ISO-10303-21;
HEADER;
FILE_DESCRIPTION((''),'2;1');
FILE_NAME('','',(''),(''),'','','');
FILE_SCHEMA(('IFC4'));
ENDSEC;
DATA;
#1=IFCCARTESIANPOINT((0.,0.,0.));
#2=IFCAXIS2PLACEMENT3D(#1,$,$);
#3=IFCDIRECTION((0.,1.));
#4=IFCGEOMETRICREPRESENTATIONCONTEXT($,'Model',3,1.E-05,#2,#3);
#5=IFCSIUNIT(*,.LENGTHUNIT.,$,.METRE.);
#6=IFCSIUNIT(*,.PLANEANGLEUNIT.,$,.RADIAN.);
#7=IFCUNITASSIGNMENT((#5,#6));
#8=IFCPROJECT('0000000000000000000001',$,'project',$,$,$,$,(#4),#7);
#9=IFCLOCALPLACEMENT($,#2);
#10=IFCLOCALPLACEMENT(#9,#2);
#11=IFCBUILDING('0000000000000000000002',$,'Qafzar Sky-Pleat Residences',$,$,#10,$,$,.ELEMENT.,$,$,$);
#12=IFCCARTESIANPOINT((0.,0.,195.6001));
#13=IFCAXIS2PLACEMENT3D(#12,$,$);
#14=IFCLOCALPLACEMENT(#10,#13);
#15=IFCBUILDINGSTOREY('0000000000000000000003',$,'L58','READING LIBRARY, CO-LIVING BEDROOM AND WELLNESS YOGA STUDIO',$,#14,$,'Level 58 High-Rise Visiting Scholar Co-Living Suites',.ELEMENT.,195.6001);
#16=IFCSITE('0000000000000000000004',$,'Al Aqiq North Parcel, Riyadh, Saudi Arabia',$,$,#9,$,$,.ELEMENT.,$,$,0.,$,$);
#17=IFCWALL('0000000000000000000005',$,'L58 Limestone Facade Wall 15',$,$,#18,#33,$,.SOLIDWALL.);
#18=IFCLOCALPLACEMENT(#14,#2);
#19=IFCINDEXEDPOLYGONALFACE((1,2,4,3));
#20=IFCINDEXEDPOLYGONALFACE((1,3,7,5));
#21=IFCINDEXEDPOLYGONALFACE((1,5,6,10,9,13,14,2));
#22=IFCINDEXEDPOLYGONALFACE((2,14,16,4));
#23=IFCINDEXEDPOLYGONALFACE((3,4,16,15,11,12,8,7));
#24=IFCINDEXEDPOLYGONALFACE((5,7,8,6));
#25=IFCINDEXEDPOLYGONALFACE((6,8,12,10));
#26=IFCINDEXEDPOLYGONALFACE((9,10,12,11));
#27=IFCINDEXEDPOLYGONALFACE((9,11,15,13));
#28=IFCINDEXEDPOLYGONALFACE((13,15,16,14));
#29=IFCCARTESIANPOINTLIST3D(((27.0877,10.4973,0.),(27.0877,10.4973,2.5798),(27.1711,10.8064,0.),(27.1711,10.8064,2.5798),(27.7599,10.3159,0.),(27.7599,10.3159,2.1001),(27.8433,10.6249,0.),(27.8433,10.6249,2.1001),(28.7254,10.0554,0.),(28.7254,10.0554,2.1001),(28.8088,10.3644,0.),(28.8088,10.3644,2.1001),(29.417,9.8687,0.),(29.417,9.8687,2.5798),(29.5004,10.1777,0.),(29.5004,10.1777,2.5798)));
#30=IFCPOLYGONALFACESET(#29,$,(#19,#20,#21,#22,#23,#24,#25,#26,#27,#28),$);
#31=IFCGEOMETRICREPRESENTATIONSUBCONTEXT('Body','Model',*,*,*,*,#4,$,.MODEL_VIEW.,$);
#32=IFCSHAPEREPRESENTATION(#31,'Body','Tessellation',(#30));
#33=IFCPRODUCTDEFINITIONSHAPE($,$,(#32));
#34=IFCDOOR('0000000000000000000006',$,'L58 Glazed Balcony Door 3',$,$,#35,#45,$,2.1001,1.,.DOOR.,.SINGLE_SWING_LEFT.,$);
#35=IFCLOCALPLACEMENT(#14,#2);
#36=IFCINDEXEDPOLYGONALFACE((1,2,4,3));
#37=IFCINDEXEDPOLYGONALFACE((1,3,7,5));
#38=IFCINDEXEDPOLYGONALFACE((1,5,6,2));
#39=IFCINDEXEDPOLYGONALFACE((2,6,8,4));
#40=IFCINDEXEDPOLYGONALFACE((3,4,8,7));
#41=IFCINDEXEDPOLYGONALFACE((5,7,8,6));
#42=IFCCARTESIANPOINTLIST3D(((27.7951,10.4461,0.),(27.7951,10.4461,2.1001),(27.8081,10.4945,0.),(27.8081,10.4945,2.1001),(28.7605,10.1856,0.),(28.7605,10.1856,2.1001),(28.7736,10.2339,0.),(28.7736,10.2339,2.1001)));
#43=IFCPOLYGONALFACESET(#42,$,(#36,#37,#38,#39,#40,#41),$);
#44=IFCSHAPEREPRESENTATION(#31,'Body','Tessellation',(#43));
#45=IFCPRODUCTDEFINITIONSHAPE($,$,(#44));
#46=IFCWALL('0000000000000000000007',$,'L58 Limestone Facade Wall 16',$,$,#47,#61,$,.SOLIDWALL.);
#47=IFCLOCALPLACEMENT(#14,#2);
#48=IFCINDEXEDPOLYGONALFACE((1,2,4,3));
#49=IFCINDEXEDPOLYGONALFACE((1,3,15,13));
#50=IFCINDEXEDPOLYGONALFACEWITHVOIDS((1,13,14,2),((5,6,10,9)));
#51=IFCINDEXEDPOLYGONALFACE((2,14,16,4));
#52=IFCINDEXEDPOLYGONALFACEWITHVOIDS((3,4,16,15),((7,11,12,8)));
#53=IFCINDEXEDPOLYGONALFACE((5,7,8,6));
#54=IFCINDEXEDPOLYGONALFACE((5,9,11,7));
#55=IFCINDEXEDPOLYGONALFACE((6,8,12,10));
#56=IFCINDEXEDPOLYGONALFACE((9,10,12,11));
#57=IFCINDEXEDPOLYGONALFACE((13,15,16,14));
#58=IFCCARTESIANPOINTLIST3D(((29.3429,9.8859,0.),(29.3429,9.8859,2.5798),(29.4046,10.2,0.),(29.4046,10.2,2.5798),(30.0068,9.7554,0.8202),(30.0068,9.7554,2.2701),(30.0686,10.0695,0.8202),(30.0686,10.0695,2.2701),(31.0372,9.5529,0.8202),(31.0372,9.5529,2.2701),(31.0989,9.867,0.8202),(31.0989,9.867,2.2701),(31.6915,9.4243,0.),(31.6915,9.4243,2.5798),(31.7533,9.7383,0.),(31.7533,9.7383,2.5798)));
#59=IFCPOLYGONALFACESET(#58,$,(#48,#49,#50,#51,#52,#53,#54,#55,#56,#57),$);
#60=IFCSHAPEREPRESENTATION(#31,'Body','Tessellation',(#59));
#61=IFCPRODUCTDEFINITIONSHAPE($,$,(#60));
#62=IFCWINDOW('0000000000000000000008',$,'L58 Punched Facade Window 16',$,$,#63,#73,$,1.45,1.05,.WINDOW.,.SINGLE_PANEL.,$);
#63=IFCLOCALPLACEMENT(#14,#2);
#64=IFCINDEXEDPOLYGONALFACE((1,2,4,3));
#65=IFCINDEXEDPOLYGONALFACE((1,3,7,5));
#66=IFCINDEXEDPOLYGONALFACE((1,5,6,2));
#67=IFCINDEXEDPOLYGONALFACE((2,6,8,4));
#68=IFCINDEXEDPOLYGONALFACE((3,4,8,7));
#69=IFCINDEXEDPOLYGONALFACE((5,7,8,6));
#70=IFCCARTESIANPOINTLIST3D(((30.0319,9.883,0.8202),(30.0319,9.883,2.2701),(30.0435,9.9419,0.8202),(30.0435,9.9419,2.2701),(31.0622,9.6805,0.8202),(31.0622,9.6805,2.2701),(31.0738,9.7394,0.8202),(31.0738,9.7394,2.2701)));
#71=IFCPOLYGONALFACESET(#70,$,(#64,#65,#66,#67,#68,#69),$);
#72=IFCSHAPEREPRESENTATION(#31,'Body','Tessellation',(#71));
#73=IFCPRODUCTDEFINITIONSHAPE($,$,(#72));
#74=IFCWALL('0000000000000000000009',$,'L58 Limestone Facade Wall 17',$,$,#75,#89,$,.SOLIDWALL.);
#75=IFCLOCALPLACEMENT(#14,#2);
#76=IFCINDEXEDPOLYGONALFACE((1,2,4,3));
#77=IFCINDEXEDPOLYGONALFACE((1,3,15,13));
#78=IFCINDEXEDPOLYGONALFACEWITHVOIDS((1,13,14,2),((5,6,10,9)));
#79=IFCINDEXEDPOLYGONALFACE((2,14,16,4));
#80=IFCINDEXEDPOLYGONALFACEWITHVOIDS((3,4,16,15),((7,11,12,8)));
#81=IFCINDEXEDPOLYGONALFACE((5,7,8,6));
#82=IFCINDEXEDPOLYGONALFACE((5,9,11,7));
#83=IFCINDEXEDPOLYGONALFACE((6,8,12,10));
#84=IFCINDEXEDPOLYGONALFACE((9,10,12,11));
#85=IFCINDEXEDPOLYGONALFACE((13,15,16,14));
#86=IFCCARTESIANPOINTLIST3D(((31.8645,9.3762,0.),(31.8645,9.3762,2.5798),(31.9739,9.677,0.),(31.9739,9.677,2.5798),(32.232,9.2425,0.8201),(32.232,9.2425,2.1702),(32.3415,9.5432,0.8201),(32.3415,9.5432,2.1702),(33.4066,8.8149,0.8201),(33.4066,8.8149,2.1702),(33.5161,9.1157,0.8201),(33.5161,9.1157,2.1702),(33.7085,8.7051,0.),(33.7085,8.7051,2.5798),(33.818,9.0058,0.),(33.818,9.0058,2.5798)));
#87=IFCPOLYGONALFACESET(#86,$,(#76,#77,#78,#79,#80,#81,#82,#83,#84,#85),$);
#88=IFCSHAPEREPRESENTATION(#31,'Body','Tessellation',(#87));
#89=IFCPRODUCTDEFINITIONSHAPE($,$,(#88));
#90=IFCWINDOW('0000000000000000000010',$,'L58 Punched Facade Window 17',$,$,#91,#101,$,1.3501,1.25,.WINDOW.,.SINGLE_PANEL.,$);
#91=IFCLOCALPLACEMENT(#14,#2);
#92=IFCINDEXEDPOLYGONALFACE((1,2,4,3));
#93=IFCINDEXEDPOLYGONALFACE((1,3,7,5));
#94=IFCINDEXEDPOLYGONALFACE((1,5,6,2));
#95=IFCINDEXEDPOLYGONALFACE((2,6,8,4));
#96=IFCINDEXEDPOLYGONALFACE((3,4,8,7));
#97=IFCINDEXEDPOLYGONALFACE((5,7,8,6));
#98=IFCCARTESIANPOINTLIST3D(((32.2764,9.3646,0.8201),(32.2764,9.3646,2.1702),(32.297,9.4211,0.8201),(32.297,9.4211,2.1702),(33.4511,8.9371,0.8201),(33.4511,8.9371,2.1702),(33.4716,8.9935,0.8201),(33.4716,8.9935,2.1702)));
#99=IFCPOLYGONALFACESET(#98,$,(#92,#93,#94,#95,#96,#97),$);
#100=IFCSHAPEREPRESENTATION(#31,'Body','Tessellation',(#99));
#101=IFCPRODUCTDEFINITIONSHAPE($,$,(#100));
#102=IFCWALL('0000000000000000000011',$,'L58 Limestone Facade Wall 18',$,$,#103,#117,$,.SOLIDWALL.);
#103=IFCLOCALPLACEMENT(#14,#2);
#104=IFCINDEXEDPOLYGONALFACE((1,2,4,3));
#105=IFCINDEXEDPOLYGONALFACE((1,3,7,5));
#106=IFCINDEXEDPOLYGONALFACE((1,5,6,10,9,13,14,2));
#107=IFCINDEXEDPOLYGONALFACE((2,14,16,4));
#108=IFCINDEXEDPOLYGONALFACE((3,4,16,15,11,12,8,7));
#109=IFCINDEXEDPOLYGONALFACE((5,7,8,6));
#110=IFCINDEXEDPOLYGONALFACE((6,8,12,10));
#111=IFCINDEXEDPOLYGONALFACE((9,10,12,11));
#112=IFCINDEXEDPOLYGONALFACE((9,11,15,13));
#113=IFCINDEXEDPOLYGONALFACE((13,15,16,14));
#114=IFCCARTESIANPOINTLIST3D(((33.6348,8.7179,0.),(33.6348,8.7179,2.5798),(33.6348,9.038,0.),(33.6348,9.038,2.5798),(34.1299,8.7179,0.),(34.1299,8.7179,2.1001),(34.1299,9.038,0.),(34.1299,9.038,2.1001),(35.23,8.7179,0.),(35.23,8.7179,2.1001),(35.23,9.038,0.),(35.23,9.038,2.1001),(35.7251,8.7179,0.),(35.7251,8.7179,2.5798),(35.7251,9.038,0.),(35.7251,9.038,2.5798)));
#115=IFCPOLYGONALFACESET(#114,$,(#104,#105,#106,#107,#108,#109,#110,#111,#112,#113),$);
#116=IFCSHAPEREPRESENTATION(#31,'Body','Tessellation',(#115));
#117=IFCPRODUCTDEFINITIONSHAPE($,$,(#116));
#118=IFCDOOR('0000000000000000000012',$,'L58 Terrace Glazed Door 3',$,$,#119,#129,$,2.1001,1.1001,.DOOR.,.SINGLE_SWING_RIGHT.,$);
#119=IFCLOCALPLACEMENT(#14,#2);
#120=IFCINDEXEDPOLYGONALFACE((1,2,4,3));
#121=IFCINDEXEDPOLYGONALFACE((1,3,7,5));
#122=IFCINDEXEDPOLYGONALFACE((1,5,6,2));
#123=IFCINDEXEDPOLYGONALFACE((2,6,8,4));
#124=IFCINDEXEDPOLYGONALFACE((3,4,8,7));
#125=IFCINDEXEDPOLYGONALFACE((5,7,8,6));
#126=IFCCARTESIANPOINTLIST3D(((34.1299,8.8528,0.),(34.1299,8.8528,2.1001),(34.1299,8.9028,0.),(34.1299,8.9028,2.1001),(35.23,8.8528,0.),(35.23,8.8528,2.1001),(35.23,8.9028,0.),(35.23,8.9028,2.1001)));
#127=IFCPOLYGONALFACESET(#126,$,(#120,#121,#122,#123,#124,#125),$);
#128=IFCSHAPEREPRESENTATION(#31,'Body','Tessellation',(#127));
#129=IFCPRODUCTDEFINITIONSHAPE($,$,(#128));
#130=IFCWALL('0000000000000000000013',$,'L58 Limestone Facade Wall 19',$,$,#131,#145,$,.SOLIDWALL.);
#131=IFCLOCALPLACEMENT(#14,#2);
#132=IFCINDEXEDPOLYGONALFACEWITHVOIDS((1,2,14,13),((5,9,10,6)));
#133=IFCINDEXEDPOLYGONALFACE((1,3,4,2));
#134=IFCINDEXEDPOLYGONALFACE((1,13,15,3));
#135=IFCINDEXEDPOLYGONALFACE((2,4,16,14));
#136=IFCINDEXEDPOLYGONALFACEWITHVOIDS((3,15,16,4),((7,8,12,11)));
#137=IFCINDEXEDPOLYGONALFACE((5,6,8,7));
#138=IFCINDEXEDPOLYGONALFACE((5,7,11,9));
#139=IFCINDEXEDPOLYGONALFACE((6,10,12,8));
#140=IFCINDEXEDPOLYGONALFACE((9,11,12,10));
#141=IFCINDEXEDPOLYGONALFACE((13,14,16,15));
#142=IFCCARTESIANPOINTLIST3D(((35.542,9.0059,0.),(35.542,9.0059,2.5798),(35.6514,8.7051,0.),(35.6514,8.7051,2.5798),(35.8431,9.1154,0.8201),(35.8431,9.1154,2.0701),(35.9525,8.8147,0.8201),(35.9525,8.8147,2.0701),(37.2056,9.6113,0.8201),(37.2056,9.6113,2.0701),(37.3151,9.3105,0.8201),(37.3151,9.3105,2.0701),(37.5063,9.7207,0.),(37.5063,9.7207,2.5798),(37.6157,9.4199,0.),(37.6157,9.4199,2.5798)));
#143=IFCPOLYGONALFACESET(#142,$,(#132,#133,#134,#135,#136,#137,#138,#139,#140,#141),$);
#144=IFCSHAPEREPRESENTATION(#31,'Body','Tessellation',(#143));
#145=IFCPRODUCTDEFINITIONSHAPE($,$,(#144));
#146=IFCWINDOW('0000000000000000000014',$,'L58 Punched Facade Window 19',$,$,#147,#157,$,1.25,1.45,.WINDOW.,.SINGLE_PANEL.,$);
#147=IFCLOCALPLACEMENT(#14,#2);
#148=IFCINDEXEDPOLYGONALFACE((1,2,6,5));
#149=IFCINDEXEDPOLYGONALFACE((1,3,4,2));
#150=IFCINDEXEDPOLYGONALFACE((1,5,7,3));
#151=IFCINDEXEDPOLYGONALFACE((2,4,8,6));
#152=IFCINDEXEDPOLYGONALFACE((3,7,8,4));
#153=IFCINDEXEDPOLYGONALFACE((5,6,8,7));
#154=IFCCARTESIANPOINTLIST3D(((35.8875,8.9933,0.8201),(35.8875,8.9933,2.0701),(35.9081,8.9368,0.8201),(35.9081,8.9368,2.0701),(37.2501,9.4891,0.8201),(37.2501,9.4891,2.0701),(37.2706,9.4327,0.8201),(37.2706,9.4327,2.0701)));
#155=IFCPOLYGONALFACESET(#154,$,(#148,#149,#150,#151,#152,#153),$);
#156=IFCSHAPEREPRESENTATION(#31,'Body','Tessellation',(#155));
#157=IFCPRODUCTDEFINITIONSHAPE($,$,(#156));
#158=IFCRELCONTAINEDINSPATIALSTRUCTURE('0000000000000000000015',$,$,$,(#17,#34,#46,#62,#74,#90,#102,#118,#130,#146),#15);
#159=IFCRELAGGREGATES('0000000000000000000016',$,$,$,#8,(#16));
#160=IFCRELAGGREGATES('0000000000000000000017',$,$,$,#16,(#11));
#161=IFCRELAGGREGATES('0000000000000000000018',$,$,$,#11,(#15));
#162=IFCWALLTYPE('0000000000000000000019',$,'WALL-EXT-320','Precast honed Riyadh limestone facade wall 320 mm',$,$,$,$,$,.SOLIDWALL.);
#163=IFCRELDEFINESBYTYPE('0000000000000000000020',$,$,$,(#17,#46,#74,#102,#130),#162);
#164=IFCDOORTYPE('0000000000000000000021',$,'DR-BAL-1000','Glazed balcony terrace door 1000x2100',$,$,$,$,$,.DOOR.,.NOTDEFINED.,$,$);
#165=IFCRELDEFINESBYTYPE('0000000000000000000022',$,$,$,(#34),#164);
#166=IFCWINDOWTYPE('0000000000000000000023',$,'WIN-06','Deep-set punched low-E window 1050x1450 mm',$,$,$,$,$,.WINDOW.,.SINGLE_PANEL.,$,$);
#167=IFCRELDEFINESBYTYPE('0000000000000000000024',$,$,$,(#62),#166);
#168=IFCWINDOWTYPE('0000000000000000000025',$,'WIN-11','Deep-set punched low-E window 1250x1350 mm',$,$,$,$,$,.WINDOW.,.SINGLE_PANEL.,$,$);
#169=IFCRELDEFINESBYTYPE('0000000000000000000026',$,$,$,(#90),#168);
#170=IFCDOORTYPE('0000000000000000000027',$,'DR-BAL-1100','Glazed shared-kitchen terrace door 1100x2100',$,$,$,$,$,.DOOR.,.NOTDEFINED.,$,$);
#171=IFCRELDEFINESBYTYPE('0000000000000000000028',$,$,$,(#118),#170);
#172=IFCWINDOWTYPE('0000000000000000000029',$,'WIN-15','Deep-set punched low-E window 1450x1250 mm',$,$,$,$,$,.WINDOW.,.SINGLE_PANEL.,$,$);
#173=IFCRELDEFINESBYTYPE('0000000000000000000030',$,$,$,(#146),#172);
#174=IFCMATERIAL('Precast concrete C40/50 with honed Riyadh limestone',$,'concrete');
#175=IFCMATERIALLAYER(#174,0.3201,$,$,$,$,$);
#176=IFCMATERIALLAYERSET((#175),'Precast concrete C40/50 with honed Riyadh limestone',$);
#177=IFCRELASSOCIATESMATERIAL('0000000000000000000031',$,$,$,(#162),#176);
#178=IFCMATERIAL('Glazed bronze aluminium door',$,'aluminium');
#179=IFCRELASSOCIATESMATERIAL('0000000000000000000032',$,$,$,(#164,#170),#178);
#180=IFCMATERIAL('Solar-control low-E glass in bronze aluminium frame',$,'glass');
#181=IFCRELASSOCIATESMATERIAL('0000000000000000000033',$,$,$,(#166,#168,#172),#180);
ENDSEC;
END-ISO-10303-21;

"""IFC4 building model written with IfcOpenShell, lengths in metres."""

from ifc_helpers import new_model, si_unit, direction, frame, frame_2d, origin, place, context, subcontext, project, spatial, rectangle, extrude, source, transform, mapped, material, layer, layer_set, type_object, element, fill, save


model = new_model("IFC4")

# Units and contexts
model_context = context("Model", 3, precision=1e-05, world=origin(), true_north=direction((0.0, 1.0)))
body_context = subcontext(model_context, "Body", "Model", "MODEL_VIEW")
ifc_project = project(units=[si_unit("LENGTHUNIT", "METRE"), si_unit("PLANEANGLEUNIT", "RADIAN")], contexts=[model_context])

# Site, building, storey
site_placement = place(None, origin())
site = spatial("IfcSite", under=ifc_project, at=site_placement, Name="Al Aqiq North Parcel, Riyadh, Saudi Arabia", CompositionType="ELEMENT", RefElevation=0.0)
building_placement = place(site_placement, origin())
building = spatial("IfcBuilding", under=site, at=building_placement, Name="Qafzar Sky-Pleat Residences", CompositionType="ELEMENT")
storey_placement = place(building_placement, frame((0.0, 0.0, 195.6001)))
storey = spatial("IfcBuildingStorey", under=building, at=storey_placement, Name="L58", Description="READING LIBRARY, CO-LIVING BEDROOM AND WELLNESS YOGA STUDIO", LongName="Level 58 High-Rise Visiting Scholar Co-Living Suites", CompositionType="ELEMENT", Elevation=195.6001)

# Shared definitions
ifc_material_1 = material(Name="Precast concrete C40/50 with honed Riyadh limestone", Category="concrete")
ifc_layer_1 = layer(ifc_material_1, 0.3201)
ifc_layer_set_1 = layer_set([ifc_layer_1], Name="Precast concrete C40/50 with honed Riyadh limestone")
wall_type = type_object("IfcWallType", Name="WALL-EXT-320", Description="Precast honed Riyadh limestone facade wall 320 mm", PredefinedType="SOLIDWALL", material=ifc_layer_set_1)
ifc_material_2 = material(Name="Solar-control low-E glass in bronze aluminium frame", Category="glass")

# Wall, opening, door
wall_1_placement = place(storey_placement, frame((27.1294, 10.6519, 0.0), z_axis=(0.0, 0.0, 1.0), x_axis=(0.965456, -0.260565, 0.0)))
wall_1 = element("IfcWall", 1, at=wall_1_placement, inside=storey, type_object=wall_type, Name="L58 Limestone Facade Wall 15", PredefinedType="SOLIDWALL", context=body_context, shape_type="SweptSolid", body=[
    extrude(rectangle(XDim=2.4126, YDim=0.3201, at=frame_2d((1.2063, 0.0))), origin(), (0.0, 0.0, 1.0), 2.5798),
])
opening_1_placement = place(wall_1_placement, frame((0.6963, 0.0, 0.0)))
opening_1 = element("IfcOpeningElement", 2, at=opening_1_placement, cuts=wall_1, PredefinedType="OPENING", context=body_context, shape_type="SweptSolid", body=[
    extrude(rectangle(XDim=1.0, YDim=2.1001, at=frame_2d((0.5, 1.05))), frame((0.0, 0.1699, 0.0), z_axis=(0.0, -1.0, 0.0), x_axis=(1.0, 0.0, 0.0)), (0.0, 0.0, 1.0), 0.3401),
])
ifc_material_3 = material(Name="Glazed bronze aluminium door", Category="aluminium")
door_type_1 = type_object("IfcDoorType", Name="DR-BAL-1000", Description="Glazed balcony terrace door 1000x2100", OperationType="NOTDEFINED", PredefinedType="DOOR", material=ifc_material_3)
shared_shape_1 = source(origin(), body_context, "Body", "SweptSolid", [
    extrude(rectangle(XDim=1.0, YDim=2.1001, at=frame_2d((0.5, 1.05))), frame((0.0, 0.0249, 0.0), z_axis=(0.0, -1.0, 0.0), x_axis=(1.0, 0.0, 0.0)), (0.0, 0.0, 1.0), 0.05),
])
door_1_placement = place(opening_1_placement, origin())
door_1 = element("IfcDoor", 3, at=door_1_placement, inside=storey, type_object=door_type_1, Name="L58 Glazed Balcony Door 3", OperationType="SINGLE_SWING_LEFT", OverallHeight=2.1001, OverallWidth=1.0, PredefinedType="DOOR", context=body_context, shape_type="MappedRepresentation", body=[
    mapped(shared_shape_1, transform((0.0, 0.0, 0.0), x_axis=(1.0, 0.0, 0.0), y_axis=(0.0, 1.0, 0.0), z_axis=(0.0, 0.0, 1.0), scale=1.0)),
])
fill(opening_1, door_1)

# Walls, openings, windows
wall_2_placement = place(storey_placement, frame((29.3738, 10.043, 0.0), z_axis=(0.0, 0.0, 1.0), x_axis=(0.981223, -0.192879, 0.0)))
wall_2 = element("IfcWall", 4, at=wall_2_placement, inside=storey, type_object=wall_type, Name="L58 Limestone Facade Wall 16", PredefinedType="SOLIDWALL", context=body_context, shape_type="SweptSolid", body=[
    extrude(rectangle(XDim=2.3936, YDim=0.3201, at=frame_2d((1.1968, 0.0))), origin(), (0.0, 0.0, 1.0), 2.5798),
])
opening_2_placement = place(wall_2_placement, frame((0.6768, 0.0, 0.8201)))
opening_2 = element("IfcOpeningElement", 5, at=opening_2_placement, cuts=wall_2, PredefinedType="OPENING", context=body_context, shape_type="SweptSolid", body=[
    extrude(rectangle(XDim=1.05, YDim=1.45, at=frame_2d((0.5249, 0.7251))), frame((0.0, 0.1699, 0.0), z_axis=(0.0, -1.0, 0.0), x_axis=(1.0, 0.0, 0.0)), (0.0, 0.0, 1.0), 0.3401),
])
window_type_1 = type_object("IfcWindowType", Name="WIN-06", Description="Deep-set punched low-E window 1050x1450 mm", PartitioningType="SINGLE_PANEL", PredefinedType="WINDOW", material=ifc_material_2)
shared_shape_2 = source(origin(), body_context, "Body", "SweptSolid", [
    extrude(rectangle(XDim=1.05, YDim=1.45, at=frame_2d((0.5249, 0.7251))), frame((0.0, 0.03, 0.0), z_axis=(0.0, -1.0, 0.0), x_axis=(1.0, 0.0, 0.0)), (0.0, 0.0, 1.0), 0.0601),
])
window_1_placement = place(opening_2_placement, origin())
window_1 = element("IfcWindow", 6, at=window_1_placement, inside=storey, type_object=window_type_1, Name="L58 Punched Facade Window 16", OverallHeight=1.45, OverallWidth=1.05, PartitioningType="SINGLE_PANEL", PredefinedType="WINDOW", context=body_context, shape_type="MappedRepresentation", body=[
    mapped(shared_shape_2, transform((0.0, 0.0, 0.0), x_axis=(1.0, 0.0, 0.0), y_axis=(0.0, 1.0, 0.0), z_axis=(0.0, 0.0, 1.0), scale=1.0)),
])
fill(opening_2, window_1)
wall_3_placement = place(storey_placement, frame((31.9192, 9.5266, 0.0), z_axis=(0.0, 0.0, 1.0), x_axis=(0.939695, -0.342013, 0.0)))
wall_3 = element("IfcWall", 7, at=wall_3_placement, inside=storey, type_object=wall_type, Name="L58 Limestone Facade Wall 17", PredefinedType="SOLIDWALL", context=body_context, shape_type="SweptSolid", body=[
    extrude(rectangle(XDim=1.9624, YDim=0.3201, at=frame_2d((0.9812, 0.0))), origin(), (0.0, 0.0, 1.0), 2.5798),
])
opening_3_placement = place(wall_3_placement, frame((0.3911, 0.0, 0.8201)))
opening_3 = element("IfcOpeningElement", 8, at=opening_3_placement, cuts=wall_3, PredefinedType="OPENING", context=body_context, shape_type="SweptSolid", body=[
    extrude(rectangle(XDim=1.25, YDim=1.3501, at=frame_2d((0.625, 0.675))), frame((0.0, 0.1699, 0.0), z_axis=(0.0, -1.0, 0.0), x_axis=(1.0, 0.0, 0.0)), (0.0, 0.0, 1.0), 0.3401),
])
window_type_2 = type_object("IfcWindowType", Name="WIN-11", Description="Deep-set punched low-E window 1250x1350 mm", PartitioningType="SINGLE_PANEL", PredefinedType="WINDOW", material=ifc_material_2)
shared_shape_3 = source(origin(), body_context, "Body", "SweptSolid", [
    extrude(rectangle(XDim=1.25, YDim=1.3501, at=frame_2d((0.625, 0.675))), frame((0.0, 0.03, 0.0), z_axis=(0.0, -1.0, 0.0), x_axis=(1.0, 0.0, 0.0)), (0.0, 0.0, 1.0), 0.0601),
])
window_2_placement = place(opening_3_placement, origin())
window_2 = element("IfcWindow", 9, at=window_2_placement, inside=storey, type_object=window_type_2, Name="L58 Punched Facade Window 17", OverallHeight=1.3501, OverallWidth=1.25, PartitioningType="SINGLE_PANEL", PredefinedType="WINDOW", context=body_context, shape_type="MappedRepresentation", body=[
    mapped(shared_shape_3, transform((0.0, 0.0, 0.0), x_axis=(1.0, 0.0, 0.0), y_axis=(0.0, 1.0, 0.0), z_axis=(0.0, 0.0, 1.0), scale=1.0)),
])
fill(opening_3, window_2)

# Wall, opening, door
wall_4_placement = place(storey_placement, frame((33.6348, 8.8779, 0.0), z_axis=(0.0, 0.0, 1.0), x_axis=(1.0, 0.0, 0.0)))
wall_4 = element("IfcWall", 10, at=wall_4_placement, inside=storey, type_object=wall_type, Name="L58 Limestone Facade Wall 18", PredefinedType="SOLIDWALL", context=body_context, shape_type="SweptSolid", body=[
    extrude(rectangle(XDim=2.0903, YDim=0.3201, at=frame_2d((1.0452, 0.0))), origin(), (0.0, 0.0, 1.0), 2.5798),
])
opening_4_placement = place(wall_4_placement, frame((0.4951, 0.0, 0.0)))
opening_4 = element("IfcOpeningElement", 11, at=opening_4_placement, cuts=wall_4, PredefinedType="OPENING", context=body_context, shape_type="SweptSolid", body=[
    extrude(rectangle(XDim=1.1001, YDim=2.1001, at=frame_2d((0.55, 1.05))), frame((0.0, 0.1699, 0.0), z_axis=(0.0, -1.0, 0.0), x_axis=(1.0, 0.0, 0.0)), (0.0, 0.0, 1.0), 0.3401),
])
door_type_2 = type_object("IfcDoorType", Name="DR-BAL-1100", Description="Glazed shared-kitchen terrace door 1100x2100", OperationType="NOTDEFINED", PredefinedType="DOOR", material=ifc_material_3)
shared_shape_4 = source(origin(), body_context, "Body", "SweptSolid", [
    extrude(rectangle(XDim=1.1001, YDim=2.1001, at=frame_2d((0.55, 1.05))), frame((0.0, 0.0249, 0.0), z_axis=(0.0, -1.0, 0.0), x_axis=(1.0, 0.0, 0.0)), (0.0, 0.0, 1.0), 0.05),
])
door_2_placement = place(opening_4_placement, origin())
door_2 = element("IfcDoor", 12, at=door_2_placement, inside=storey, type_object=door_type_2, Name="L58 Terrace Glazed Door 3", OperationType="SINGLE_SWING_RIGHT", OverallHeight=2.1001, OverallWidth=1.1001, PredefinedType="DOOR", context=body_context, shape_type="MappedRepresentation", body=[
    mapped(shared_shape_4, transform((0.0, 0.0, 0.0), x_axis=(1.0, 0.0, 0.0), y_axis=(0.0, 1.0, 0.0), z_axis=(0.0, 0.0, 1.0), scale=1.0)),
])
fill(opening_4, door_2)

# Wall, opening, window
wall_5_placement = place(storey_placement, frame((35.5967, 8.8555, 0.0), z_axis=(0.0, 0.0, 1.0), x_axis=(0.939712, 0.341968, 0.0)))
wall_5 = element("IfcWall", 13, at=wall_5_placement, inside=storey, type_object=wall_type, Name="L58 Limestone Facade Wall 19", PredefinedType="SOLIDWALL", context=body_context, shape_type="SweptSolid", body=[
    extrude(rectangle(XDim=2.0903, YDim=0.3201, at=frame_2d((1.0452, 0.0))), origin(), (0.0, 0.0, 1.0), 2.5798),
])
opening_5_placement = place(wall_5_placement, frame((0.3203, 0.0, 0.8201)))
opening_5 = element("IfcOpeningElement", 14, at=opening_5_placement, cuts=wall_5, PredefinedType="OPENING", context=body_context, shape_type="SweptSolid", body=[
    extrude(rectangle(XDim=1.45, YDim=1.25, at=frame_2d((0.7251, 0.625))), frame((0.0, 0.1699, 0.0), z_axis=(0.0, -1.0, 0.0), x_axis=(1.0, 0.0, 0.0)), (0.0, 0.0, 1.0), 0.3401),
])
window_type_3 = type_object("IfcWindowType", Name="WIN-15", Description="Deep-set punched low-E window 1450x1250 mm", PartitioningType="SINGLE_PANEL", PredefinedType="WINDOW", material=ifc_material_2)
shared_shape_5 = source(origin(), body_context, "Body", "SweptSolid", [
    extrude(rectangle(XDim=1.45, YDim=1.25, at=frame_2d((0.7251, 0.625))), frame((0.0, 0.03, 0.0), z_axis=(0.0, -1.0, 0.0), x_axis=(1.0, 0.0, 0.0)), (0.0, 0.0, 1.0), 0.0601),
])
window_3_placement = place(opening_5_placement, origin())
window_3 = element("IfcWindow", 15, at=window_3_placement, inside=storey, type_object=window_type_3, Name="L58 Punched Facade Window 19", OverallHeight=1.25, OverallWidth=1.45, PartitioningType="SINGLE_PANEL", PredefinedType="WINDOW", context=body_context, shape_type="MappedRepresentation", body=[
    mapped(shared_shape_5, transform((0.0, 0.0, 0.0), x_axis=(1.0, 0.0, 0.0), y_axis=(0.0, 1.0, 0.0), z_axis=(0.0, 0.0, 1.0), scale=1.0)),
])
fill(opening_5, window_3)

save(model, "model.ifc")
